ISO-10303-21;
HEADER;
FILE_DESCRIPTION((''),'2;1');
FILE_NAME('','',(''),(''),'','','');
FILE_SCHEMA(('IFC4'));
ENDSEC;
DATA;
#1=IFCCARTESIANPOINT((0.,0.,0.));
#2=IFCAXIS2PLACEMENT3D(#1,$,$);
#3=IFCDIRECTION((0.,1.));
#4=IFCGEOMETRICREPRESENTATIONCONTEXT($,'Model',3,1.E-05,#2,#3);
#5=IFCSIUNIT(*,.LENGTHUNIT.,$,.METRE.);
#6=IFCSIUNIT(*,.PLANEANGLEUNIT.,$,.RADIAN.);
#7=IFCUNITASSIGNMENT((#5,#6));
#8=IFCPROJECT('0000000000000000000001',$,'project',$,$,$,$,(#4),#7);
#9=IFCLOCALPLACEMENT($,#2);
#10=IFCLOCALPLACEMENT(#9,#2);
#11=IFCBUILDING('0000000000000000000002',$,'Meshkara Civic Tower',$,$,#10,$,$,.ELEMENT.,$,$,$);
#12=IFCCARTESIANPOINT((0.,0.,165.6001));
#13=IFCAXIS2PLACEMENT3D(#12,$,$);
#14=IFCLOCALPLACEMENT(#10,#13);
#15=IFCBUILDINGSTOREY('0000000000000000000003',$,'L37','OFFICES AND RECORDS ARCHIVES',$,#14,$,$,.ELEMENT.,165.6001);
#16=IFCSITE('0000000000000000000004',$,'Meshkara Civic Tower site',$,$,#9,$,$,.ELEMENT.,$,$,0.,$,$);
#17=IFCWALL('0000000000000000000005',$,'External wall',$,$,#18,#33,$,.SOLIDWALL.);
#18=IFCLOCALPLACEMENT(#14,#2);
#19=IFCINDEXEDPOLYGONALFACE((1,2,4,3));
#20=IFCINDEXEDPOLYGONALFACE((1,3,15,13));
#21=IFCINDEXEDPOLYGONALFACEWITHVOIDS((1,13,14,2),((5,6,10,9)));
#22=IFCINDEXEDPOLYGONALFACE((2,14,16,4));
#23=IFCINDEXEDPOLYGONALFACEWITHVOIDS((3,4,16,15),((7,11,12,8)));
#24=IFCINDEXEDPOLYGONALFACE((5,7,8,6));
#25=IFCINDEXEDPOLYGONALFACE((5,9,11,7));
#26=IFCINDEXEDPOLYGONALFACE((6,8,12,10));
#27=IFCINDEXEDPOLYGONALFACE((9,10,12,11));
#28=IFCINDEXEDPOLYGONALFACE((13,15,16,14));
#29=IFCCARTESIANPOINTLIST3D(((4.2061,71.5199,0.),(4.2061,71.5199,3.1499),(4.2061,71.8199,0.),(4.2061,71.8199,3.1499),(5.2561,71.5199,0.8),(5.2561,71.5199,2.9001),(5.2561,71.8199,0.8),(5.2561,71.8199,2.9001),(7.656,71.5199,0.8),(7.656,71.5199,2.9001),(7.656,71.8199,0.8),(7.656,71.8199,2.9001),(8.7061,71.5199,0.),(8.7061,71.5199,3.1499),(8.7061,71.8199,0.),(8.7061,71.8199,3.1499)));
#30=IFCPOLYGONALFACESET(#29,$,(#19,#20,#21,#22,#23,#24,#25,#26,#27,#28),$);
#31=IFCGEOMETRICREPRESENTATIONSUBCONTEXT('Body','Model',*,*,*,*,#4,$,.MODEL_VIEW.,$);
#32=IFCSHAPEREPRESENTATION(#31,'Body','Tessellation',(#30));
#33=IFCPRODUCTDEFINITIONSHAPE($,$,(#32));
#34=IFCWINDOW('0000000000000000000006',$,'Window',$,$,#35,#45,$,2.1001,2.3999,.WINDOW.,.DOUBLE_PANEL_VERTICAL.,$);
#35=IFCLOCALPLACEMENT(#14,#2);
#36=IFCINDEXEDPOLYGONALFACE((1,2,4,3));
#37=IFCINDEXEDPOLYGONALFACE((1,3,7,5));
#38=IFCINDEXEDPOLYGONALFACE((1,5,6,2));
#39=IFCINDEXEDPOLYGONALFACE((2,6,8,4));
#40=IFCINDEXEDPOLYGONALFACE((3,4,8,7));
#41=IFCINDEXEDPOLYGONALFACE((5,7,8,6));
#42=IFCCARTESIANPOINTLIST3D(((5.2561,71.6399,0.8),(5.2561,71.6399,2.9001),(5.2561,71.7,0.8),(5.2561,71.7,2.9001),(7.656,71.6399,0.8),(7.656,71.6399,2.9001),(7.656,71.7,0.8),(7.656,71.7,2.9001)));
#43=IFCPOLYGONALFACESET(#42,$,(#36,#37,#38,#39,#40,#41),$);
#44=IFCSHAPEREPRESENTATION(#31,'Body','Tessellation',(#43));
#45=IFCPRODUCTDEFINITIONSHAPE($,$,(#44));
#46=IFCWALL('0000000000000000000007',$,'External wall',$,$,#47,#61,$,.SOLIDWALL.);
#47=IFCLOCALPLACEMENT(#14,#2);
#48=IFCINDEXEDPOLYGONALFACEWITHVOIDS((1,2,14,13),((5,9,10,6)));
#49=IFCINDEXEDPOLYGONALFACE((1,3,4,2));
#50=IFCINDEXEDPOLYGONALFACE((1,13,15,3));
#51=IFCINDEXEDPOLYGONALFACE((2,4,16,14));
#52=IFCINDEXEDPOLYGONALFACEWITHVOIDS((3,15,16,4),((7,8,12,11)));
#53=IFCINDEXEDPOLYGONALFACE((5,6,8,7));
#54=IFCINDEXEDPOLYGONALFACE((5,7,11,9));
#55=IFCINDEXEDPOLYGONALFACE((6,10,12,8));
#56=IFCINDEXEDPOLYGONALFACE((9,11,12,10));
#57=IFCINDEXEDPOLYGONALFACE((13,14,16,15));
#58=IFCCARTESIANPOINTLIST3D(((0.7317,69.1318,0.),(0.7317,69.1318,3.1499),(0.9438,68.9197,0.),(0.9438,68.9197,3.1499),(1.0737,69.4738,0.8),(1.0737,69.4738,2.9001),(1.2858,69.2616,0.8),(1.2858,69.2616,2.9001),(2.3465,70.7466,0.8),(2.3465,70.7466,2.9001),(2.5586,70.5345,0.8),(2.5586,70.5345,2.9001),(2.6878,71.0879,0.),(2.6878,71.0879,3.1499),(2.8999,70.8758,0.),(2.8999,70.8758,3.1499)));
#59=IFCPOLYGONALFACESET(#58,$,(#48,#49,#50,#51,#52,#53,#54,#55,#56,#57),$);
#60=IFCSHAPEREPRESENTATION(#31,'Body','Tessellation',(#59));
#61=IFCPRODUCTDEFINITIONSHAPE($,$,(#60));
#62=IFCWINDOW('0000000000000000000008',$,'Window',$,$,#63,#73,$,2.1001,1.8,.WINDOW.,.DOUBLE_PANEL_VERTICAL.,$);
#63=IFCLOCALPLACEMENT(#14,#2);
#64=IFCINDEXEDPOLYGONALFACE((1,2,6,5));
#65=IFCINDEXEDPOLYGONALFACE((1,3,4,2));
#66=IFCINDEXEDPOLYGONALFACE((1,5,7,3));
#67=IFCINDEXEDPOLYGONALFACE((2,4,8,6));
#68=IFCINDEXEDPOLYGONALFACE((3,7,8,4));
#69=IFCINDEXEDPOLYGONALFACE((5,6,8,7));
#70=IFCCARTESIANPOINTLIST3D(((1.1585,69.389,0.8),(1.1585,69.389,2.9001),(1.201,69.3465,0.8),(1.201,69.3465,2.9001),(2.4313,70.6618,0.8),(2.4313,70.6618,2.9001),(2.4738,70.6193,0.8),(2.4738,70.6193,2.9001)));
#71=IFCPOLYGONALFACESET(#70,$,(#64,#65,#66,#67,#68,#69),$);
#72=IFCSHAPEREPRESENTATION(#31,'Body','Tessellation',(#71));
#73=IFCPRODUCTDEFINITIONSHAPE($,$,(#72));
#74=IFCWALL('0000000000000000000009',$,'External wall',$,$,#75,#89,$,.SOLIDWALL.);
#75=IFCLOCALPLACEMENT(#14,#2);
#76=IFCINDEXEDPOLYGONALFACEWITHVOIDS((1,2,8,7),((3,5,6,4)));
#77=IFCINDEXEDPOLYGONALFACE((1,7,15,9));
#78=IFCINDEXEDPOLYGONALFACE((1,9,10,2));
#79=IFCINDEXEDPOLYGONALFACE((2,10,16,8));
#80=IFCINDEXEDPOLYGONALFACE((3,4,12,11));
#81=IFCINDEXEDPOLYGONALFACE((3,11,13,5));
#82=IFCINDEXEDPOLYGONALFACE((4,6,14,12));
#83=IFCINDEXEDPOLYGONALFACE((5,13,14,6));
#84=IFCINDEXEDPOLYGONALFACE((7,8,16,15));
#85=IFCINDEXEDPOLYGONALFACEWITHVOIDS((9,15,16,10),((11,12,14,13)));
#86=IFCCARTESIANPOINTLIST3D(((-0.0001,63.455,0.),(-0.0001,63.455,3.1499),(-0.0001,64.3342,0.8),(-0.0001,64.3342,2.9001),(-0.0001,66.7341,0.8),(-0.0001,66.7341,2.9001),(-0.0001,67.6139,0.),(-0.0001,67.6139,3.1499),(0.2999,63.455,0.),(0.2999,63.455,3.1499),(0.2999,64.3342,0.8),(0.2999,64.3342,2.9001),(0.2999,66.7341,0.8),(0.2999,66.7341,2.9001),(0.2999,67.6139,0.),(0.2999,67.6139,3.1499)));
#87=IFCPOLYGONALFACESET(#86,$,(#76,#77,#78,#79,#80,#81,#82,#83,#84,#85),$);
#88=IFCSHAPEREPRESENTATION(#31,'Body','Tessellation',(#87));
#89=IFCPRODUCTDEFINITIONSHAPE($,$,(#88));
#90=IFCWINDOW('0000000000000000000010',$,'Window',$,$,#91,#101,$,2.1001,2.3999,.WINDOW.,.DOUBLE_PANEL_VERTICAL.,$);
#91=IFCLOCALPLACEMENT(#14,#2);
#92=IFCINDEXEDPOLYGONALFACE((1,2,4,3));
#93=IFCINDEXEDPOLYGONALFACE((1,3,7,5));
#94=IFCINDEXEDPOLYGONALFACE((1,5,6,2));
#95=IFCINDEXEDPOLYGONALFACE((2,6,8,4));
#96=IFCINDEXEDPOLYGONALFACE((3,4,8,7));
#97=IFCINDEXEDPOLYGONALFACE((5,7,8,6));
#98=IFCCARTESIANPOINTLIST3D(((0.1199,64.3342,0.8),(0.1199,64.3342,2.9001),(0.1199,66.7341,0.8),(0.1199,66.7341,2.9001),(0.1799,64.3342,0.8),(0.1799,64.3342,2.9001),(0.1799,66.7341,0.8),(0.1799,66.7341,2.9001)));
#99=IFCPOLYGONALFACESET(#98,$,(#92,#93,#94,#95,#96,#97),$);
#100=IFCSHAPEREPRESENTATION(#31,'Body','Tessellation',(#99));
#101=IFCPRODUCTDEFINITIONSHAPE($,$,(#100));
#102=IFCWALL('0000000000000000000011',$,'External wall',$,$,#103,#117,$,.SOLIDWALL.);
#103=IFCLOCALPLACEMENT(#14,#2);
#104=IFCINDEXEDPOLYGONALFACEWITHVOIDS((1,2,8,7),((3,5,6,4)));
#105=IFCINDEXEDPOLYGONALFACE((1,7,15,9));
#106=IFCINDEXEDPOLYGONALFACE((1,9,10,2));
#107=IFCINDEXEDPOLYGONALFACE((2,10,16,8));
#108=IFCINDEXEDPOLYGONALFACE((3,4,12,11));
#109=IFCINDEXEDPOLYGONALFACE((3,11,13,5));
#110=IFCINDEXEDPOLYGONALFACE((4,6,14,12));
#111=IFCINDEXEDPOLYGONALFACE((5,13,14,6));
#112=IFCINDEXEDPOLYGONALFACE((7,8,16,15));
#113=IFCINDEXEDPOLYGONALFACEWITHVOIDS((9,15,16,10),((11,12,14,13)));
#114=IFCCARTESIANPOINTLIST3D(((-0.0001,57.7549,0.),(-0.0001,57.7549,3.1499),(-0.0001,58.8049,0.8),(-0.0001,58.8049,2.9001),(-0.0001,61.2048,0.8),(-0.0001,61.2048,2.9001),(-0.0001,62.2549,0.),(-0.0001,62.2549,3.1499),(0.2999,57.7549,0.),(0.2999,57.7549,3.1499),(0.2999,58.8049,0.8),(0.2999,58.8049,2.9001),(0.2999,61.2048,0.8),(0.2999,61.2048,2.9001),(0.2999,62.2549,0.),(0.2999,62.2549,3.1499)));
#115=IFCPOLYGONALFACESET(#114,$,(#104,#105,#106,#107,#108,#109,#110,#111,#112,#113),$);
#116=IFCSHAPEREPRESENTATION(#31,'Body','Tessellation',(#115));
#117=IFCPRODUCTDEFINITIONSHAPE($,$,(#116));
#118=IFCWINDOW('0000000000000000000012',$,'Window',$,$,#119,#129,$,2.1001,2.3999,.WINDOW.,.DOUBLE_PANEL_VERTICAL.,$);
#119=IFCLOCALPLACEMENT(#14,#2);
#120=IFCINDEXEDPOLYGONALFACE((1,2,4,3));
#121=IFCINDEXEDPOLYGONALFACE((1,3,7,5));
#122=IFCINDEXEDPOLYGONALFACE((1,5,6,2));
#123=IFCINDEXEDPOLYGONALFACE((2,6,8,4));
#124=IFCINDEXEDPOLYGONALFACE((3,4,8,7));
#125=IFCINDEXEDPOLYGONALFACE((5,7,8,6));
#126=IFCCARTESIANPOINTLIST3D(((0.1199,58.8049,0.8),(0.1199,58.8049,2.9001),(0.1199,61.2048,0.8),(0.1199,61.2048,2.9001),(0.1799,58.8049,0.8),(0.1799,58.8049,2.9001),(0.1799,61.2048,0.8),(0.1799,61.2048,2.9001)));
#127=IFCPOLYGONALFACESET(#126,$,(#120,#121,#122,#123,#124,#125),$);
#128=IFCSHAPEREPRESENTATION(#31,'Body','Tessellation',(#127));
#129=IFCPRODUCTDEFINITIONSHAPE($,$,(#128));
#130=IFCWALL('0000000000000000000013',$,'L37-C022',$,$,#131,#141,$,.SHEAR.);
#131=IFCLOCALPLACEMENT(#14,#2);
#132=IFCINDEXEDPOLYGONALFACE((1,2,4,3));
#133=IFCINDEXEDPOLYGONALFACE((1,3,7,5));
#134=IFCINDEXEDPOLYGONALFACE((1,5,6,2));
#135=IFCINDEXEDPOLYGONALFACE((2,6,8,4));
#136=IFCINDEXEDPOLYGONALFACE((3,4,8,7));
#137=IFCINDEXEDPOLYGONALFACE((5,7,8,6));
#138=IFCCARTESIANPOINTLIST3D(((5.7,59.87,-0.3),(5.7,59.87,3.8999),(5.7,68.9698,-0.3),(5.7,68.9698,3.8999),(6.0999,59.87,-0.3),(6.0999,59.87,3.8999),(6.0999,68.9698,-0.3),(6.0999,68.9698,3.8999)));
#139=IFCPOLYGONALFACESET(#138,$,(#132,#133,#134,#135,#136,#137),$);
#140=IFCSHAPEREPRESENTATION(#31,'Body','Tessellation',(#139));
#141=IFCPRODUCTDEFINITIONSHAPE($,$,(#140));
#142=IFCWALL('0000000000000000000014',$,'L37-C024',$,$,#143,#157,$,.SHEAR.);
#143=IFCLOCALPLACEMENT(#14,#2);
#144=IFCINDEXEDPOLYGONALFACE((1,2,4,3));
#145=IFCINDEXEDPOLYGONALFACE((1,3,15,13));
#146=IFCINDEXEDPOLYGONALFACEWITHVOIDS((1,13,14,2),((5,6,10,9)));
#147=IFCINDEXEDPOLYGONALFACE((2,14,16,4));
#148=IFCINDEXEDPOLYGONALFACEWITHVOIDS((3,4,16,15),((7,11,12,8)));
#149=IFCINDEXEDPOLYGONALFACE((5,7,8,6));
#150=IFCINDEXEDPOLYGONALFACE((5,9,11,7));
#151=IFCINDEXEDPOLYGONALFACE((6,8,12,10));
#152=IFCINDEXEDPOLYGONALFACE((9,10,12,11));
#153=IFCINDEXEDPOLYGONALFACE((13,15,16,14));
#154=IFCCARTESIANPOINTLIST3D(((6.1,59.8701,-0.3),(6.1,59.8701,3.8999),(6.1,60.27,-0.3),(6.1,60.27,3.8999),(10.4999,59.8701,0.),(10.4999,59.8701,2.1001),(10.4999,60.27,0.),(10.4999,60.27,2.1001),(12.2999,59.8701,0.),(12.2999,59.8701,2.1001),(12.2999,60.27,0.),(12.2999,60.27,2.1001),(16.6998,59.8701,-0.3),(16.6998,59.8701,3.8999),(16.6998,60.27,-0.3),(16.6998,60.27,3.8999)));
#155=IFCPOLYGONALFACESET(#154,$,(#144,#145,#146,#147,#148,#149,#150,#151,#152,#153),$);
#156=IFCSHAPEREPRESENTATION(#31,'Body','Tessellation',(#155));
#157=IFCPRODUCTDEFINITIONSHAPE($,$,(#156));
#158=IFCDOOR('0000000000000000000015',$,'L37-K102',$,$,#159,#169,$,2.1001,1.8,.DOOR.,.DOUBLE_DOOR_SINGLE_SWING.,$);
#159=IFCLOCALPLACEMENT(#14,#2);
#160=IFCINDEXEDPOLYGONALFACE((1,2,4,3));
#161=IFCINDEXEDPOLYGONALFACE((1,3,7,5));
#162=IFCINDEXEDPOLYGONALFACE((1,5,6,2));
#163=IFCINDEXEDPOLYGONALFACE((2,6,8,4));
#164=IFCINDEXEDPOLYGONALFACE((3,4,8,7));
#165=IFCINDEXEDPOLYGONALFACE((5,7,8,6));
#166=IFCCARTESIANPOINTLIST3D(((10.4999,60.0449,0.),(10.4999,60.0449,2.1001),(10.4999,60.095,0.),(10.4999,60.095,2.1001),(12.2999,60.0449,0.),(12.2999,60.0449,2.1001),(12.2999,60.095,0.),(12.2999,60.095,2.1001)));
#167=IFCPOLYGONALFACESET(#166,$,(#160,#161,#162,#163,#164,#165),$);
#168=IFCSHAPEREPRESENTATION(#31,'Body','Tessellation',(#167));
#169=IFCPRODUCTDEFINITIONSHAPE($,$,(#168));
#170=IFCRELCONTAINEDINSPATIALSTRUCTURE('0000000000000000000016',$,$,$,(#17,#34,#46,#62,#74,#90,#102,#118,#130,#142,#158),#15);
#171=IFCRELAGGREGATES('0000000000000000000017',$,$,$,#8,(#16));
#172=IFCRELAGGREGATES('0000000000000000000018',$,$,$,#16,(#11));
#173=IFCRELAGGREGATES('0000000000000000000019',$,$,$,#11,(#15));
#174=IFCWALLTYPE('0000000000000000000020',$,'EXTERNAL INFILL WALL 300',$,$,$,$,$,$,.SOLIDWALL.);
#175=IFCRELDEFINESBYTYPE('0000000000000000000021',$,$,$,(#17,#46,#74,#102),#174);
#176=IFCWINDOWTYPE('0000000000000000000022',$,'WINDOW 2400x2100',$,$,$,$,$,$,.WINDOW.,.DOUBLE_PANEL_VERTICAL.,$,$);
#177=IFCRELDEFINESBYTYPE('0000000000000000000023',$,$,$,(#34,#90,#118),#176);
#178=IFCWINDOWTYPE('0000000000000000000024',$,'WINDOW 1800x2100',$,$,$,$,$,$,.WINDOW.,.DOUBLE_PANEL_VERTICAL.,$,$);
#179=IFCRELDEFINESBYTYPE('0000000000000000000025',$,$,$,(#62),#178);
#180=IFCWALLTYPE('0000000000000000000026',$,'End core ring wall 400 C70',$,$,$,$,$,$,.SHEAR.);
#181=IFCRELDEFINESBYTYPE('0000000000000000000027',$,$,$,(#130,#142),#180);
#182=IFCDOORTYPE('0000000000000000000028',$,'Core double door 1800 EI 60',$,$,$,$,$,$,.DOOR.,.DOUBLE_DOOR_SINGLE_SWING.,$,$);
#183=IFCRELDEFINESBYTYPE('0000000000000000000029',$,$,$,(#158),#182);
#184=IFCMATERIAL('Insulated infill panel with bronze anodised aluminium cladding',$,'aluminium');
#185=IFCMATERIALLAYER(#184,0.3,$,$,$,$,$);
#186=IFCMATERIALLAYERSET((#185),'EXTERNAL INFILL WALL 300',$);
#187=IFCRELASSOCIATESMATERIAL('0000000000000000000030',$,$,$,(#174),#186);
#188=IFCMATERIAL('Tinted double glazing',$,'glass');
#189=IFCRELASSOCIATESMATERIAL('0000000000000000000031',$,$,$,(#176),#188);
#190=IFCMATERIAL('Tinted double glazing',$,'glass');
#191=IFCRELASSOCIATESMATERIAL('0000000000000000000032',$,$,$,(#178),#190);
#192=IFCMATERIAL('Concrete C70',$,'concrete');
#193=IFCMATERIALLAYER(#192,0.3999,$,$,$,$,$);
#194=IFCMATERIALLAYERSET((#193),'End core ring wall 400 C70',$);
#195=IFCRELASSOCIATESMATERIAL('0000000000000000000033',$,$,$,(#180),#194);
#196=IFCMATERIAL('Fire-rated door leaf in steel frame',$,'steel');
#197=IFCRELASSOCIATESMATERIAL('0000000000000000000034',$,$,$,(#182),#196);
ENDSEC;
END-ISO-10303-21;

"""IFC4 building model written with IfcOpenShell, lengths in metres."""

from ifc_helpers import new_model, si_unit, direction, frame, frame_2d, origin, place, context, subcontext, project, spatial, rectangle, extrude, material, layer, layer_set, type_object, element, fill, save


model = new_model("IFC4")

# Units and contexts
model_context = context("Model", 3, precision=1e-05, world=origin(), true_north=direction((0.0, 1.0)))
body_context = subcontext(model_context, "Body", "Model", "MODEL_VIEW")
ifc_project = project(units=[si_unit("LENGTHUNIT", "METRE"), si_unit("PLANEANGLEUNIT", "RADIAN")], contexts=[model_context])

# Site, building, storey
site_placement = place(None, origin())
site = spatial("IfcSite", under=ifc_project, at=site_placement, Name="Meshkara Civic Tower site", CompositionType="ELEMENT", RefElevation=0.0)
building_placement = place(site_placement, origin())
building = spatial("IfcBuilding", under=site, at=building_placement, Name="Meshkara Civic Tower", CompositionType="ELEMENT")
storey_placement = place(building_placement, frame((0.0, 0.0, 165.6001)))
storey = spatial("IfcBuildingStorey", under=building, at=storey_placement, Name="L37", Description="OFFICES AND RECORDS ARCHIVES", CompositionType="ELEMENT", Elevation=165.6001)

# Walls, openings, windows
ifc_material_1 = material(Name="Insulated infill panel with bronze anodised aluminium cladding", Category="aluminium")
ifc_layer_1 = layer(ifc_material_1, 0.3)
ifc_layer_set_1 = layer_set([ifc_layer_1], Name="EXTERNAL INFILL WALL 300")
wall_type_1 = type_object("IfcWallType", Name="EXTERNAL INFILL WALL 300", PredefinedType="SOLIDWALL", material=ifc_layer_set_1)
wall_1_placement = place(storey_placement, frame((8.7061, 71.6699, 0.0), z_axis=(0.0, 0.0, 1.0), x_axis=(-1.0, 0.0, 0.0)))
wall_1 = element("IfcWall", 1, at=wall_1_placement, inside=storey, type_object=wall_type_1, Name="External wall", PredefinedType="SOLIDWALL", context=body_context, shape_type="SweptSolid", body=[
    extrude(rectangle(XDim=4.5, YDim=0.3, at=frame_2d((2.25, 0.0))), origin(), (0.0, 0.0, 1.0), 3.1499),
])
opening_1_placement = place(wall_1_placement, frame((1.05, 0.0, 0.8)))
opening_1 = element("IfcOpeningElement", 2, at=opening_1_placement, cuts=wall_1, PredefinedType="OPENING", context=body_context, shape_type="SweptSolid", body=[
    extrude(rectangle(XDim=2.3999, YDim=2.1001, at=frame_2d((1.2, 1.05))), frame((0.0, 0.1599, 0.0), z_axis=(0.0, -1.0, 0.0), x_axis=(1.0, 0.0, 0.0)), (0.0, 0.0, 1.0), 0.3201),
])
ifc_material_2 = material(Name="Tinted double glazing", Category="glass")
window_type_1 = type_object("IfcWindowType", Name="WINDOW 2400x2100", PartitioningType="DOUBLE_PANEL_VERTICAL", PredefinedType="WINDOW", material=ifc_material_2)
window_1_placement = place(opening_1_placement, origin())
window_1 = element("IfcWindow", 3, at=window_1_placement, inside=storey, type_object=window_type_1, Name="Window", OverallHeight=2.1001, OverallWidth=2.3999, PartitioningType="DOUBLE_PANEL_VERTICAL", PredefinedType="WINDOW", context=body_context, shape_type="SweptSolid", body=[
    extrude(rectangle(XDim=2.3999, YDim=2.1001, at=frame_2d((1.2, 1.05))), frame((0.0, 0.03, 0.0), z_axis=(0.0, -1.0, 0.0), x_axis=(1.0, 0.0, 0.0)), (0.0, 0.0, 1.0), 0.0601),
])
fill(opening_1, window_1)
wall_2_placement = place(storey_placement, frame((2.7939, 70.9819, 0.0), z_axis=(0.0, 0.0, 1.0), x_axis=(-0.707107, -0.707107, 0.0)))
wall_2 = element("IfcWall", 4, at=wall_2_placement, inside=storey, type_object=wall_type_1, Name="External wall", PredefinedType="SOLIDWALL", context=body_context, shape_type="SweptSolid", body=[
    extrude(rectangle(XDim=2.7664, YDim=0.3, at=frame_2d((1.3833, 0.0))), origin(), (0.0, 0.0, 1.0), 3.1499),
])
opening_2_placement = place(wall_2_placement, frame((0.4829, 0.0, 0.8)))
opening_2 = element("IfcOpeningElement", 5, at=opening_2_placement, cuts=wall_2, PredefinedType="OPENING", context=body_context, shape_type="SweptSolid", body=[
    extrude(rectangle(XDim=1.8, YDim=2.1001, at=frame_2d((0.8999, 1.05))), frame((0.0, 0.1599, 0.0), z_axis=(0.0, -1.0, 0.0), x_axis=(1.0, 0.0, 0.0)), (0.0, 0.0, 1.0), 0.3201),
])
ifc_material_3 = material(Name="Tinted double glazing", Category="glass")
window_type_2 = type_object("IfcWindowType", Name="WINDOW 1800x2100", PartitioningType="DOUBLE_PANEL_VERTICAL", PredefinedType="WINDOW", material=ifc_material_3)
window_2_placement = place(opening_2_placement, origin())
window_2 = element("IfcWindow", 6, at=window_2_placement, inside=storey, type_object=window_type_2, Name="Window", OverallHeight=2.1001, OverallWidth=1.8, PartitioningType="DOUBLE_PANEL_VERTICAL", PredefinedType="WINDOW", context=body_context, shape_type="SweptSolid", body=[
    extrude(rectangle(XDim=1.8, YDim=2.1001, at=frame_2d((0.8999, 1.05))), frame((0.0, 0.03, 0.0), z_axis=(0.0, -1.0, 0.0), x_axis=(1.0, 0.0, 0.0)), (0.0, 0.0, 1.0), 0.0601),
])
fill(opening_2, window_2)
wall_3_placement = place(storey_placement, frame((0.1499, 67.614, 0.0), z_axis=(0.0, 0.0, 1.0), x_axis=(0.0, -1.0, 0.0)))
wall_3 = element("IfcWall", 7, at=wall_3_placement, inside=storey, type_object=wall_type_1, Name="External wall", PredefinedType="SOLIDWALL", context=body_context, shape_type="SweptSolid", body=[
    extrude(rectangle(XDim=4.1589, YDim=0.3, at=frame_2d((2.0796, 0.0))), origin(), (0.0, 0.0, 1.0), 3.1499),
])
opening_3_placement = place(wall_3_placement, frame((0.8799, 0.0, 0.8)))
opening_3 = element("IfcOpeningElement", 8, at=opening_3_placement, cuts=wall_3, PredefinedType="OPENING", context=body_context, shape_type="SweptSolid", body=[
    extrude(rectangle(XDim=2.3999, YDim=2.1001, at=frame_2d((1.2, 1.05))), frame((0.0, 0.1599, 0.0), z_axis=(0.0, -1.0, 0.0), x_axis=(1.0, 0.0, 0.0)), (0.0, 0.0, 1.0), 0.3201),
])
window_3_placement = place(opening_3_placement, origin())
window_3 = element("IfcWindow", 9, at=window_3_placement, inside=storey, type_object=window_type_1, Name="Window", OverallHeight=2.1001, OverallWidth=2.3999, PartitioningType="DOUBLE_PANEL_VERTICAL", PredefinedType="WINDOW", context=body_context, shape_type="SweptSolid", body=[
    extrude(rectangle(XDim=2.3999, YDim=2.1001, at=frame_2d((1.2, 1.05))), frame((0.0, 0.03, 0.0), z_axis=(0.0, -1.0, 0.0), x_axis=(1.0, 0.0, 0.0)), (0.0, 0.0, 1.0), 0.0601),
])
fill(opening_3, window_3)
wall_4_placement = place(storey_placement, frame((0.1499, 62.2549, 0.0), z_axis=(0.0, 0.0, 1.0), x_axis=(0.0, -1.0, 0.0)))
wall_4 = element("IfcWall", 10, at=wall_4_placement, inside=storey, type_object=wall_type_1, Name="External wall", PredefinedType="SOLIDWALL", context=body_context, shape_type="SweptSolid", body=[
    extrude(rectangle(XDim=4.5, YDim=0.3, at=frame_2d((2.25, 0.0))), origin(), (0.0, 0.0, 1.0), 3.1499),
])
opening_4_placement = place(wall_4_placement, frame((1.05, 0.0, 0.8)))
opening_4 = element("IfcOpeningElement", 11, at=opening_4_placement, cuts=wall_4, PredefinedType="OPENING", context=body_context, shape_type="SweptSolid", body=[
    extrude(rectangle(XDim=2.3999, YDim=2.1001, at=frame_2d((1.2, 1.05))), frame((0.0, 0.1599, 0.0), z_axis=(0.0, -1.0, 0.0), x_axis=(1.0, 0.0, 0.0)), (0.0, 0.0, 1.0), 0.3201),
])
window_4_placement = place(opening_4_placement, origin())
window_4 = element("IfcWindow", 12, at=window_4_placement, inside=storey, type_object=window_type_1, Name="Window", OverallHeight=2.1001, OverallWidth=2.3999, PartitioningType="DOUBLE_PANEL_VERTICAL", PredefinedType="WINDOW", context=body_context, shape_type="SweptSolid", body=[
    extrude(rectangle(XDim=2.3999, YDim=2.1001, at=frame_2d((1.2, 1.05))), frame((0.0, 0.03, 0.0), z_axis=(0.0, -1.0, 0.0), x_axis=(1.0, 0.0, 0.0)), (0.0, 0.0, 1.0), 0.0601),
])
fill(opening_4, window_4)

# Wall
ifc_material_4 = material(Name="Concrete C70", Category="concrete")
ifc_layer_2 = layer(ifc_material_4, 0.3999)
ifc_layer_set_2 = layer_set([ifc_layer_2], Name="End core ring wall 400 C70")
wall_type_2 = type_object("IfcWallType", Name="End core ring wall 400 C70", PredefinedType="SHEAR", material=ifc_layer_set_2)
wall_5_placement = place(storey_placement, frame((5.8999, 59.8701, -0.3), z_axis=(0.0, 0.0, 1.0), x_axis=(0.0, 1.0, 0.0)))
element("IfcWall", 13, at=wall_5_placement, inside=storey, type_object=wall_type_2, Name="L37-C022", PredefinedType="SHEAR", context=body_context, shape_type="SweptSolid", body=[
    extrude(rectangle(XDim=9.0999, YDim=0.3999, at=frame_2d((4.5498, 0.0))), origin(), (0.0, 0.0, 1.0), 4.2),
])

# Wall, opening, door
wall_6_placement = place(storey_placement, frame((6.1001, 60.0701, -0.3), z_axis=(0.0, 0.0, 1.0), x_axis=(1.0, 0.0, 0.0)))
wall_6 = element("IfcWall", 14, at=wall_6_placement, inside=storey, type_object=wall_type_2, Name="L37-C024", PredefinedType="SHEAR", context=body_context, shape_type="SweptSolid", body=[
    extrude(rectangle(XDim=10.5999, YDim=0.3999, at=frame_2d((5.2998, 0.0))), origin(), (0.0, 0.0, 1.0), 4.2),
])
opening_5_placement = place(wall_6_placement, frame((4.3999, 0.0, 0.3)))
opening_5 = element("IfcOpeningElement", 15, at=opening_5_placement, cuts=wall_6, PredefinedType="OPENING", context=body_context, shape_type="SweptSolid", body=[
    extrude(rectangle(XDim=1.8, YDim=2.1001, at=frame_2d((0.8999, 1.05))), frame((0.0, 0.21, 0.0), z_axis=(0.0, -1.0, 0.0), x_axis=(1.0, 0.0, 0.0)), (0.0, 0.0, 1.0), 0.4199),
])
ifc_material_5 = material(Name="Fire-rated door leaf in steel frame", Category="steel")
door_type_1 = type_object("IfcDoorType", Name="Core double door 1800 EI 60", OperationType="DOUBLE_DOOR_SINGLE_SWING", PredefinedType="DOOR", material=ifc_material_5)
door_1_placement = place(opening_5_placement, origin())
door_1 = element("IfcDoor", 16, at=door_1_placement, inside=storey, type_object=door_type_1, Name="L37-K102", OperationType="DOUBLE_DOOR_SINGLE_SWING", OverallHeight=2.1001, OverallWidth=1.8, PredefinedType="DOOR", context=body_context, shape_type="SweptSolid", body=[
    extrude(rectangle(XDim=1.8, YDim=2.1001, at=frame_2d((0.8999, 1.05))), frame((0.0, 0.0249, 0.0), z_axis=(0.0, -1.0, 0.0), x_axis=(1.0, 0.0, 0.0)), (0.0, 0.0, 1.0), 0.05),
])
fill(opening_5, door_1)

save(model, "model.ifc")
